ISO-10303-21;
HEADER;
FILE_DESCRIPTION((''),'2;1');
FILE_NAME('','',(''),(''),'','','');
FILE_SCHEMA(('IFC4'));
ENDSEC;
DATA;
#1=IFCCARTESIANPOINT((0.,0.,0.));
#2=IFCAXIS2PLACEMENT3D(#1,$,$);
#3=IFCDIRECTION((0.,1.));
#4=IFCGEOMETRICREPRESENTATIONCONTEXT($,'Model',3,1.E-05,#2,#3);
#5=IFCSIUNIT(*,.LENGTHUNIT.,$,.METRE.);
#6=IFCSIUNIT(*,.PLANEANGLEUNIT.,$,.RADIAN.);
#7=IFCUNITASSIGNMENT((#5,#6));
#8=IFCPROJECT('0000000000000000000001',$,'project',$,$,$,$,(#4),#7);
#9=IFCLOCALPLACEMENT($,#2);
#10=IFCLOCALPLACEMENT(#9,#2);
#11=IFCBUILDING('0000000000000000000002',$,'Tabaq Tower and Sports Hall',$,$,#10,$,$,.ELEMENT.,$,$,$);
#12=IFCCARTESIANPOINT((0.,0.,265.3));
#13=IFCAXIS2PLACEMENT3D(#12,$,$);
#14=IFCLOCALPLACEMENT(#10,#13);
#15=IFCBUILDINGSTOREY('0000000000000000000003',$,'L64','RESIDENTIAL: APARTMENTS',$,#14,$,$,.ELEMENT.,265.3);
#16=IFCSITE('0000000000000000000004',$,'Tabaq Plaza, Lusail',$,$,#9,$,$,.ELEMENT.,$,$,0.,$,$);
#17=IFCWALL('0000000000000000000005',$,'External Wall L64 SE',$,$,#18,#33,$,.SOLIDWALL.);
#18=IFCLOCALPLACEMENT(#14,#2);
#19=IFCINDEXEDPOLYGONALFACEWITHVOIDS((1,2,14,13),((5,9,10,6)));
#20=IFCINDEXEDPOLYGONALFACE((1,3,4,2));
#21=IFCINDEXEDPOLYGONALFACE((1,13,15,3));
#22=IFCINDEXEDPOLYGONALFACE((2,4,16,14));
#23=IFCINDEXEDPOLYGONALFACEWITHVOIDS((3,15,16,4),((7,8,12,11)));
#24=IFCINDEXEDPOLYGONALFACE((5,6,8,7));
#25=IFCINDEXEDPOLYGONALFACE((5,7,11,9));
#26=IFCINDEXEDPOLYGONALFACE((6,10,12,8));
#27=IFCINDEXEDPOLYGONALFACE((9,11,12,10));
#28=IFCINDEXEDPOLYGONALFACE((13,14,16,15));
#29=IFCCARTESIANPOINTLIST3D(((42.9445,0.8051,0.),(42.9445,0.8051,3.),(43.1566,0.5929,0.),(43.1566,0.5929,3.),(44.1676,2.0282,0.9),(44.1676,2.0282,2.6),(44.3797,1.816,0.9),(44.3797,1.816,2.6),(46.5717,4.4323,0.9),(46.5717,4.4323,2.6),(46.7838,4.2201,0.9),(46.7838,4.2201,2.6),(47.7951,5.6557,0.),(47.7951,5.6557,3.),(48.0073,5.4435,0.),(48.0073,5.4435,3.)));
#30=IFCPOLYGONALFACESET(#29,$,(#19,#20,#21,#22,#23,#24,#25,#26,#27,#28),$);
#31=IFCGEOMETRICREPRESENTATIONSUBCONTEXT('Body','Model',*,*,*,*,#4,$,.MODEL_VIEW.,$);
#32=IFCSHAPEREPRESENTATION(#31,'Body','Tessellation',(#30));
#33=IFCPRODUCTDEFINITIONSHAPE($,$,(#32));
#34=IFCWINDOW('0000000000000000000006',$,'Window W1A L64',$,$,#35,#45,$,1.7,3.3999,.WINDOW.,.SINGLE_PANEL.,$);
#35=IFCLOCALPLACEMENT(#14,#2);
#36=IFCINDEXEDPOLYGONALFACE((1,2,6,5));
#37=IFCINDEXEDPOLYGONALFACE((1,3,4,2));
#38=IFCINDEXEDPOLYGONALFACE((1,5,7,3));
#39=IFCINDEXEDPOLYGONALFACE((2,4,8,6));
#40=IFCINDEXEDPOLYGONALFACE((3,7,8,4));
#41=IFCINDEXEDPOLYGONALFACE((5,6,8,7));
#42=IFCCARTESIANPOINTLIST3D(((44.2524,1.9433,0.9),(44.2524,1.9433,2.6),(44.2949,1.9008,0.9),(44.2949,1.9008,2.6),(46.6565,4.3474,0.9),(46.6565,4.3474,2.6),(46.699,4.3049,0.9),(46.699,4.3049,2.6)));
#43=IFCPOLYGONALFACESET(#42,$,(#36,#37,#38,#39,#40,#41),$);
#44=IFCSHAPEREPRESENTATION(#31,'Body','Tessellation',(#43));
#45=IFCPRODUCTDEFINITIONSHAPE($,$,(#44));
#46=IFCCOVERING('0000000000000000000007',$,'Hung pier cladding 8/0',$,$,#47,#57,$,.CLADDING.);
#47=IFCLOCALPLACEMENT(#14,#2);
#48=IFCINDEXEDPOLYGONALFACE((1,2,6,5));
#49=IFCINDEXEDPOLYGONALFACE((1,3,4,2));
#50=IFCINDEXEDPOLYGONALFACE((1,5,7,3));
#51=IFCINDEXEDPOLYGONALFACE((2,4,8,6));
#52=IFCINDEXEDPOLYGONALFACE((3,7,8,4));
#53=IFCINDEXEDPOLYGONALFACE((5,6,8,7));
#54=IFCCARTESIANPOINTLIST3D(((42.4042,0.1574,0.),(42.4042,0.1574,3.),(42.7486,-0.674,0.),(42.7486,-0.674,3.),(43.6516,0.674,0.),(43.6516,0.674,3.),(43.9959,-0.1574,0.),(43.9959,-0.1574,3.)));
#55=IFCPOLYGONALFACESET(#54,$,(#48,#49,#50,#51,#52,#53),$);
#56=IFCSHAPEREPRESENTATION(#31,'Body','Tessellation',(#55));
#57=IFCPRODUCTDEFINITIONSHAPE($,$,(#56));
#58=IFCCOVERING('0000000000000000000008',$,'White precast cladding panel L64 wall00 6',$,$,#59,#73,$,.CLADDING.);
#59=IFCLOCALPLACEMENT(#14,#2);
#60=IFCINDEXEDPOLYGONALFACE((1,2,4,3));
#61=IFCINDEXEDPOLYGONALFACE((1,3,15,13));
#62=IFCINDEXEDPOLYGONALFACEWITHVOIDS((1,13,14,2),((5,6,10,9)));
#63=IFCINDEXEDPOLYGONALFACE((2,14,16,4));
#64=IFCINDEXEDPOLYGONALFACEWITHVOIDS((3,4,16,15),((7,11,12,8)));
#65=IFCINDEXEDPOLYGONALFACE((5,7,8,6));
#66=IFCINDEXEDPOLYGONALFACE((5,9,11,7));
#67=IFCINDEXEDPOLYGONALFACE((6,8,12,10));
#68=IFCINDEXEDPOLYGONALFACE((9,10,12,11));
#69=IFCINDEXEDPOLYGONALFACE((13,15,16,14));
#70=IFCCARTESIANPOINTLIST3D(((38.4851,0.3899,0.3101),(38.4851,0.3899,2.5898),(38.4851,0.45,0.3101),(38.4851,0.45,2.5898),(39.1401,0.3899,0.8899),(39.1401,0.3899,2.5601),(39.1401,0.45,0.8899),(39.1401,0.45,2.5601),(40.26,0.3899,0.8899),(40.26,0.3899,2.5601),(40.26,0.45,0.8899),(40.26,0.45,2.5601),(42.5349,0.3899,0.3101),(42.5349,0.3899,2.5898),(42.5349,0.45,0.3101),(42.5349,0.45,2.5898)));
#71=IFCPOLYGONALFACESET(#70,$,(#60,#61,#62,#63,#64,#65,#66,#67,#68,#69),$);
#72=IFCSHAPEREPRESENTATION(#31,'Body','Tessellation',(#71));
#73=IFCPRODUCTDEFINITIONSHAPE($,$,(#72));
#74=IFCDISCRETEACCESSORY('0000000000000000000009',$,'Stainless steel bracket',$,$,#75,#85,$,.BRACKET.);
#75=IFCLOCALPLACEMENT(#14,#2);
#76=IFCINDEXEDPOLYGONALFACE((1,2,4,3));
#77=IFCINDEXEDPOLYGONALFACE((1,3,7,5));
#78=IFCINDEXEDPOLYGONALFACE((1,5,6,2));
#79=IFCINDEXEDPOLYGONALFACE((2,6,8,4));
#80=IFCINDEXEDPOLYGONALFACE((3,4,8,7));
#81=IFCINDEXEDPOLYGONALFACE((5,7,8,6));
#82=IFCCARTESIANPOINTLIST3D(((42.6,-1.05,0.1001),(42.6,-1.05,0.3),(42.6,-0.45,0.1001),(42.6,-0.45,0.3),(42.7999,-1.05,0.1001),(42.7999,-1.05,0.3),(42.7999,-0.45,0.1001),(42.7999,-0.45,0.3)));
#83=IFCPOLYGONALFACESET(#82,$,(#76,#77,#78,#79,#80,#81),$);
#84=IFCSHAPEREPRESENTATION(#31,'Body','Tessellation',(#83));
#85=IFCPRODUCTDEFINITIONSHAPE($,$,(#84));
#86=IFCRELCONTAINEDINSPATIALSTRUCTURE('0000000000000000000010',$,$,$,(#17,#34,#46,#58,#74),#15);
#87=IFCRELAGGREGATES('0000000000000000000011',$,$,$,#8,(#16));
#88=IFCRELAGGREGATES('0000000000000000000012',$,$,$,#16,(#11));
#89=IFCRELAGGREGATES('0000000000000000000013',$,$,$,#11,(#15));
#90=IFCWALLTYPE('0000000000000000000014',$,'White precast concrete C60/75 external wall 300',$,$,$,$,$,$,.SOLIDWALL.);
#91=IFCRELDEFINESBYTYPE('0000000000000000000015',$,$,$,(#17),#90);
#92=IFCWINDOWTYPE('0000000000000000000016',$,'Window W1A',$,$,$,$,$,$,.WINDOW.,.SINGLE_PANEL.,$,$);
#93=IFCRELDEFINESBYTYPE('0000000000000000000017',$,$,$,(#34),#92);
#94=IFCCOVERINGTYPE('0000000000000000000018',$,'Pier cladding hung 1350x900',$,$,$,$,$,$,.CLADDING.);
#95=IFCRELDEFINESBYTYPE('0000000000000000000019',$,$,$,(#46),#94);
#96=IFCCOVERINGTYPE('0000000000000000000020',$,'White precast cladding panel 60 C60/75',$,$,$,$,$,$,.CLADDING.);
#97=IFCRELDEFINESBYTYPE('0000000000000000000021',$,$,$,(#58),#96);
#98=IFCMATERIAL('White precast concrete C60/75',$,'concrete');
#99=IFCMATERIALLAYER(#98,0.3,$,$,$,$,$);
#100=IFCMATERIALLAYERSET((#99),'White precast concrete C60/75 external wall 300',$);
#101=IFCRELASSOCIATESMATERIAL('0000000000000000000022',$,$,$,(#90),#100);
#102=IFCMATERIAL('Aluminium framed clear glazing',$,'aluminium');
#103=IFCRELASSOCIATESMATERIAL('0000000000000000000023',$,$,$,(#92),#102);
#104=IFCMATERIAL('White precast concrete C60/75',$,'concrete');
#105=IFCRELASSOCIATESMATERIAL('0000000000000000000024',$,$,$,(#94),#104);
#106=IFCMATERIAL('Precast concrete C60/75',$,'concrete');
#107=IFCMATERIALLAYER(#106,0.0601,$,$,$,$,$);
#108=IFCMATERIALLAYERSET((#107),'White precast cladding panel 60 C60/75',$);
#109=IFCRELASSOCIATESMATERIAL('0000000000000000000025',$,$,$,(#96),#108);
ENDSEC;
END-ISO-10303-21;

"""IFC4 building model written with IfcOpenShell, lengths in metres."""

from ifc_helpers import new_model, si_unit, direction, frame, frame_2d, origin, origin_2d, place, context, subcontext, project, spatial, polyline, rectangle, outline, extrude, material, layer, layer_set, type_object, element, fill, save


model = new_model("IFC4")

# Units and contexts
model_context = context("Model", 3, precision=1e-05, world=origin(), true_north=direction((0.0, 1.0)))
body_context = subcontext(model_context, "Body", "Model", "MODEL_VIEW")
ifc_project = project(units=[si_unit("LENGTHUNIT", "METRE"), si_unit("PLANEANGLEUNIT", "RADIAN")], contexts=[model_context])

# Site, building, storey
site_placement = place(None, origin())
site = spatial("IfcSite", under=ifc_project, at=site_placement, Name="Tabaq Plaza, Lusail", CompositionType="ELEMENT", RefElevation=0.0)
building_placement = place(site_placement, origin())
building = spatial("IfcBuilding", under=site, at=building_placement, Name="Tabaq Tower and Sports Hall", CompositionType="ELEMENT")
storey_placement = place(building_placement, frame((0.0, 0.0, 265.3)))
storey = spatial("IfcBuildingStorey", under=building, at=storey_placement, Name="L64", Description="RESIDENTIAL: APARTMENTS", CompositionType="ELEMENT", Elevation=265.3)

# Wall, opening, window
ifc_material_1 = material(Name="White precast concrete C60/75", Category="concrete")
ifc_layer_1 = layer(ifc_material_1, 0.3)
ifc_layer_set_1 = layer_set([ifc_layer_1], Name="White precast concrete C60/75 external wall 300")
wall_type_1 = type_object("IfcWallType", Name="White precast concrete C60/75 external wall 300", PredefinedType="SOLIDWALL", material=ifc_layer_set_1)
wall_1_placement = place(storey_placement, frame((43.0505, 0.699, 0.0), z_axis=(0.0, 0.0, 1.0), x_axis=(0.707107, 0.707107, 0.0)))
wall_1 = element("IfcWall", 1, at=wall_1_placement, inside=storey, type_object=wall_type_1, Name="External Wall L64 SE", PredefinedType="SOLIDWALL", context=body_context, shape_type="SweptSolid", body=[
    extrude(rectangle(XDim=6.8599, YDim=0.3, at=frame_2d((3.4299, 0.0))), origin(), (0.0, 0.0, 1.0), 3.0),
])
opening_1_placement = place(wall_1_placement, frame((1.7297, 0.0, 0.8999)))
opening_1 = element("IfcOpeningElement", 2, at=opening_1_placement, cuts=wall_1, PredefinedType="OPENING", context=body_context, shape_type="SweptSolid", body=[
    extrude(rectangle(XDim=3.3999, YDim=1.7, at=frame_2d((1.7, 0.8501))), frame((0.0, 0.1602, 0.0), z_axis=(0.0, -1.0, 0.0), x_axis=(1.0, 0.0, 0.0)), (0.0, 0.0, 1.0), 0.3201),
])
ifc_material_2 = material(Name="Aluminium framed clear glazing", Category="aluminium")
window_type = type_object("IfcWindowType", Name="Window W1A", PartitioningType="SINGLE_PANEL", PredefinedType="WINDOW", material=ifc_material_2)
window_placement = place(opening_1_placement, origin())
window = element("IfcWindow", 3, at=window_placement, inside=storey, type_object=window_type, Name="Window W1A L64", OverallHeight=1.7, OverallWidth=3.3999, PartitioningType="SINGLE_PANEL", PredefinedType="WINDOW", context=body_context, shape_type="SweptSolid", body=[
    extrude(rectangle(XDim=3.3999, YDim=1.7, at=frame_2d((1.7, 0.8501))), frame((0.0, 0.03, 0.0), z_axis=(0.0, -1.0, 0.0), x_axis=(1.0, 0.0, 0.0)), (0.0, 0.0, 1.0), 0.0601),
])
fill(opening_1, window)

# Coverings
ifc_material_3 = material(Name="White precast concrete C60/75", Category="concrete")
covering_type_1 = type_object("IfcCoveringType", Name="Pier cladding hung 1350x900", PredefinedType="CLADDING", material=ifc_material_3)
covering_1_placement = place(storey_placement, frame((42.5764, -0.2583, 0.0), z_axis=(0.0, 0.0, 1.0), x_axis=(0.923893, 0.38265, 0.0)))
element("IfcCovering", 4, at=covering_1_placement, inside=storey, type_object=covering_type_1, Name="Hung pier cladding 8/0", PredefinedType="CLADDING", context=body_context, shape_type="SweptSolid", body=[
    extrude(rectangle(XDim=1.3501, YDim=0.8999, at=frame_2d((0.675, 0.0))), origin(), (0.0, 0.0, 1.0), 3.0),
])
ifc_material_4 = material(Name="Precast concrete C60/75", Category="concrete")
ifc_layer_2 = layer(ifc_material_4, 0.0601)
ifc_layer_set_2 = layer_set([ifc_layer_2], Name="White precast cladding panel 60 C60/75")
covering_type_2 = type_object("IfcCoveringType", Name="White precast cladding panel 60 C60/75", PredefinedType="CLADDING", material=ifc_layer_set_2)
covering_2_placement = place(storey_placement, frame((38.4851, 0.4199, 0.3101), z_axis=(0.0, 0.0, 1.0), x_axis=(1.0, 0.0, 0.0)))
element("IfcCovering", 5, at=covering_2_placement, inside=storey, type_object=covering_type_2, Name="White precast cladding panel L64 wall00 6", PredefinedType="CLADDING", context=body_context, shape_type="SweptSolid", body=[
    extrude(outline(polyline([(0.0, 0.0), (4.0498, 0.0), (4.0498, 2.2798), (0.0, 2.2798), (0.0, 0.0)]), holes=[polyline([(1.7749, 0.5798), (0.655, 0.5798), (0.655, 2.25), (1.7749, 2.25), (1.7749, 0.5798)])]), frame((0.0, 0.03, 0.0), z_axis=(0.0, -1.0, 0.0), x_axis=(1.0, 0.0, 0.0)), (0.0, 0.0, 1.0), 0.0601),
])

# Discrete accessory
discrete_accessory_placement = place(storey_placement, frame((42.7, -0.75, 0.1001), z_axis=(0.0, 0.0, 1.0), x_axis=(0.0, -1.0, 0.0)))
element("IfcDiscreteAccessory", 6, at=discrete_accessory_placement, inside=storey, Name="Stainless steel bracket", PredefinedType="BRACKET", context=body_context, shape_type="SweptSolid", body=[
    extrude(rectangle(XDim=0.6001, YDim=0.2, at=origin_2d()), origin(), (0.0, 0.0, 1.0), 0.2),
])

save(model, "model.ifc")
